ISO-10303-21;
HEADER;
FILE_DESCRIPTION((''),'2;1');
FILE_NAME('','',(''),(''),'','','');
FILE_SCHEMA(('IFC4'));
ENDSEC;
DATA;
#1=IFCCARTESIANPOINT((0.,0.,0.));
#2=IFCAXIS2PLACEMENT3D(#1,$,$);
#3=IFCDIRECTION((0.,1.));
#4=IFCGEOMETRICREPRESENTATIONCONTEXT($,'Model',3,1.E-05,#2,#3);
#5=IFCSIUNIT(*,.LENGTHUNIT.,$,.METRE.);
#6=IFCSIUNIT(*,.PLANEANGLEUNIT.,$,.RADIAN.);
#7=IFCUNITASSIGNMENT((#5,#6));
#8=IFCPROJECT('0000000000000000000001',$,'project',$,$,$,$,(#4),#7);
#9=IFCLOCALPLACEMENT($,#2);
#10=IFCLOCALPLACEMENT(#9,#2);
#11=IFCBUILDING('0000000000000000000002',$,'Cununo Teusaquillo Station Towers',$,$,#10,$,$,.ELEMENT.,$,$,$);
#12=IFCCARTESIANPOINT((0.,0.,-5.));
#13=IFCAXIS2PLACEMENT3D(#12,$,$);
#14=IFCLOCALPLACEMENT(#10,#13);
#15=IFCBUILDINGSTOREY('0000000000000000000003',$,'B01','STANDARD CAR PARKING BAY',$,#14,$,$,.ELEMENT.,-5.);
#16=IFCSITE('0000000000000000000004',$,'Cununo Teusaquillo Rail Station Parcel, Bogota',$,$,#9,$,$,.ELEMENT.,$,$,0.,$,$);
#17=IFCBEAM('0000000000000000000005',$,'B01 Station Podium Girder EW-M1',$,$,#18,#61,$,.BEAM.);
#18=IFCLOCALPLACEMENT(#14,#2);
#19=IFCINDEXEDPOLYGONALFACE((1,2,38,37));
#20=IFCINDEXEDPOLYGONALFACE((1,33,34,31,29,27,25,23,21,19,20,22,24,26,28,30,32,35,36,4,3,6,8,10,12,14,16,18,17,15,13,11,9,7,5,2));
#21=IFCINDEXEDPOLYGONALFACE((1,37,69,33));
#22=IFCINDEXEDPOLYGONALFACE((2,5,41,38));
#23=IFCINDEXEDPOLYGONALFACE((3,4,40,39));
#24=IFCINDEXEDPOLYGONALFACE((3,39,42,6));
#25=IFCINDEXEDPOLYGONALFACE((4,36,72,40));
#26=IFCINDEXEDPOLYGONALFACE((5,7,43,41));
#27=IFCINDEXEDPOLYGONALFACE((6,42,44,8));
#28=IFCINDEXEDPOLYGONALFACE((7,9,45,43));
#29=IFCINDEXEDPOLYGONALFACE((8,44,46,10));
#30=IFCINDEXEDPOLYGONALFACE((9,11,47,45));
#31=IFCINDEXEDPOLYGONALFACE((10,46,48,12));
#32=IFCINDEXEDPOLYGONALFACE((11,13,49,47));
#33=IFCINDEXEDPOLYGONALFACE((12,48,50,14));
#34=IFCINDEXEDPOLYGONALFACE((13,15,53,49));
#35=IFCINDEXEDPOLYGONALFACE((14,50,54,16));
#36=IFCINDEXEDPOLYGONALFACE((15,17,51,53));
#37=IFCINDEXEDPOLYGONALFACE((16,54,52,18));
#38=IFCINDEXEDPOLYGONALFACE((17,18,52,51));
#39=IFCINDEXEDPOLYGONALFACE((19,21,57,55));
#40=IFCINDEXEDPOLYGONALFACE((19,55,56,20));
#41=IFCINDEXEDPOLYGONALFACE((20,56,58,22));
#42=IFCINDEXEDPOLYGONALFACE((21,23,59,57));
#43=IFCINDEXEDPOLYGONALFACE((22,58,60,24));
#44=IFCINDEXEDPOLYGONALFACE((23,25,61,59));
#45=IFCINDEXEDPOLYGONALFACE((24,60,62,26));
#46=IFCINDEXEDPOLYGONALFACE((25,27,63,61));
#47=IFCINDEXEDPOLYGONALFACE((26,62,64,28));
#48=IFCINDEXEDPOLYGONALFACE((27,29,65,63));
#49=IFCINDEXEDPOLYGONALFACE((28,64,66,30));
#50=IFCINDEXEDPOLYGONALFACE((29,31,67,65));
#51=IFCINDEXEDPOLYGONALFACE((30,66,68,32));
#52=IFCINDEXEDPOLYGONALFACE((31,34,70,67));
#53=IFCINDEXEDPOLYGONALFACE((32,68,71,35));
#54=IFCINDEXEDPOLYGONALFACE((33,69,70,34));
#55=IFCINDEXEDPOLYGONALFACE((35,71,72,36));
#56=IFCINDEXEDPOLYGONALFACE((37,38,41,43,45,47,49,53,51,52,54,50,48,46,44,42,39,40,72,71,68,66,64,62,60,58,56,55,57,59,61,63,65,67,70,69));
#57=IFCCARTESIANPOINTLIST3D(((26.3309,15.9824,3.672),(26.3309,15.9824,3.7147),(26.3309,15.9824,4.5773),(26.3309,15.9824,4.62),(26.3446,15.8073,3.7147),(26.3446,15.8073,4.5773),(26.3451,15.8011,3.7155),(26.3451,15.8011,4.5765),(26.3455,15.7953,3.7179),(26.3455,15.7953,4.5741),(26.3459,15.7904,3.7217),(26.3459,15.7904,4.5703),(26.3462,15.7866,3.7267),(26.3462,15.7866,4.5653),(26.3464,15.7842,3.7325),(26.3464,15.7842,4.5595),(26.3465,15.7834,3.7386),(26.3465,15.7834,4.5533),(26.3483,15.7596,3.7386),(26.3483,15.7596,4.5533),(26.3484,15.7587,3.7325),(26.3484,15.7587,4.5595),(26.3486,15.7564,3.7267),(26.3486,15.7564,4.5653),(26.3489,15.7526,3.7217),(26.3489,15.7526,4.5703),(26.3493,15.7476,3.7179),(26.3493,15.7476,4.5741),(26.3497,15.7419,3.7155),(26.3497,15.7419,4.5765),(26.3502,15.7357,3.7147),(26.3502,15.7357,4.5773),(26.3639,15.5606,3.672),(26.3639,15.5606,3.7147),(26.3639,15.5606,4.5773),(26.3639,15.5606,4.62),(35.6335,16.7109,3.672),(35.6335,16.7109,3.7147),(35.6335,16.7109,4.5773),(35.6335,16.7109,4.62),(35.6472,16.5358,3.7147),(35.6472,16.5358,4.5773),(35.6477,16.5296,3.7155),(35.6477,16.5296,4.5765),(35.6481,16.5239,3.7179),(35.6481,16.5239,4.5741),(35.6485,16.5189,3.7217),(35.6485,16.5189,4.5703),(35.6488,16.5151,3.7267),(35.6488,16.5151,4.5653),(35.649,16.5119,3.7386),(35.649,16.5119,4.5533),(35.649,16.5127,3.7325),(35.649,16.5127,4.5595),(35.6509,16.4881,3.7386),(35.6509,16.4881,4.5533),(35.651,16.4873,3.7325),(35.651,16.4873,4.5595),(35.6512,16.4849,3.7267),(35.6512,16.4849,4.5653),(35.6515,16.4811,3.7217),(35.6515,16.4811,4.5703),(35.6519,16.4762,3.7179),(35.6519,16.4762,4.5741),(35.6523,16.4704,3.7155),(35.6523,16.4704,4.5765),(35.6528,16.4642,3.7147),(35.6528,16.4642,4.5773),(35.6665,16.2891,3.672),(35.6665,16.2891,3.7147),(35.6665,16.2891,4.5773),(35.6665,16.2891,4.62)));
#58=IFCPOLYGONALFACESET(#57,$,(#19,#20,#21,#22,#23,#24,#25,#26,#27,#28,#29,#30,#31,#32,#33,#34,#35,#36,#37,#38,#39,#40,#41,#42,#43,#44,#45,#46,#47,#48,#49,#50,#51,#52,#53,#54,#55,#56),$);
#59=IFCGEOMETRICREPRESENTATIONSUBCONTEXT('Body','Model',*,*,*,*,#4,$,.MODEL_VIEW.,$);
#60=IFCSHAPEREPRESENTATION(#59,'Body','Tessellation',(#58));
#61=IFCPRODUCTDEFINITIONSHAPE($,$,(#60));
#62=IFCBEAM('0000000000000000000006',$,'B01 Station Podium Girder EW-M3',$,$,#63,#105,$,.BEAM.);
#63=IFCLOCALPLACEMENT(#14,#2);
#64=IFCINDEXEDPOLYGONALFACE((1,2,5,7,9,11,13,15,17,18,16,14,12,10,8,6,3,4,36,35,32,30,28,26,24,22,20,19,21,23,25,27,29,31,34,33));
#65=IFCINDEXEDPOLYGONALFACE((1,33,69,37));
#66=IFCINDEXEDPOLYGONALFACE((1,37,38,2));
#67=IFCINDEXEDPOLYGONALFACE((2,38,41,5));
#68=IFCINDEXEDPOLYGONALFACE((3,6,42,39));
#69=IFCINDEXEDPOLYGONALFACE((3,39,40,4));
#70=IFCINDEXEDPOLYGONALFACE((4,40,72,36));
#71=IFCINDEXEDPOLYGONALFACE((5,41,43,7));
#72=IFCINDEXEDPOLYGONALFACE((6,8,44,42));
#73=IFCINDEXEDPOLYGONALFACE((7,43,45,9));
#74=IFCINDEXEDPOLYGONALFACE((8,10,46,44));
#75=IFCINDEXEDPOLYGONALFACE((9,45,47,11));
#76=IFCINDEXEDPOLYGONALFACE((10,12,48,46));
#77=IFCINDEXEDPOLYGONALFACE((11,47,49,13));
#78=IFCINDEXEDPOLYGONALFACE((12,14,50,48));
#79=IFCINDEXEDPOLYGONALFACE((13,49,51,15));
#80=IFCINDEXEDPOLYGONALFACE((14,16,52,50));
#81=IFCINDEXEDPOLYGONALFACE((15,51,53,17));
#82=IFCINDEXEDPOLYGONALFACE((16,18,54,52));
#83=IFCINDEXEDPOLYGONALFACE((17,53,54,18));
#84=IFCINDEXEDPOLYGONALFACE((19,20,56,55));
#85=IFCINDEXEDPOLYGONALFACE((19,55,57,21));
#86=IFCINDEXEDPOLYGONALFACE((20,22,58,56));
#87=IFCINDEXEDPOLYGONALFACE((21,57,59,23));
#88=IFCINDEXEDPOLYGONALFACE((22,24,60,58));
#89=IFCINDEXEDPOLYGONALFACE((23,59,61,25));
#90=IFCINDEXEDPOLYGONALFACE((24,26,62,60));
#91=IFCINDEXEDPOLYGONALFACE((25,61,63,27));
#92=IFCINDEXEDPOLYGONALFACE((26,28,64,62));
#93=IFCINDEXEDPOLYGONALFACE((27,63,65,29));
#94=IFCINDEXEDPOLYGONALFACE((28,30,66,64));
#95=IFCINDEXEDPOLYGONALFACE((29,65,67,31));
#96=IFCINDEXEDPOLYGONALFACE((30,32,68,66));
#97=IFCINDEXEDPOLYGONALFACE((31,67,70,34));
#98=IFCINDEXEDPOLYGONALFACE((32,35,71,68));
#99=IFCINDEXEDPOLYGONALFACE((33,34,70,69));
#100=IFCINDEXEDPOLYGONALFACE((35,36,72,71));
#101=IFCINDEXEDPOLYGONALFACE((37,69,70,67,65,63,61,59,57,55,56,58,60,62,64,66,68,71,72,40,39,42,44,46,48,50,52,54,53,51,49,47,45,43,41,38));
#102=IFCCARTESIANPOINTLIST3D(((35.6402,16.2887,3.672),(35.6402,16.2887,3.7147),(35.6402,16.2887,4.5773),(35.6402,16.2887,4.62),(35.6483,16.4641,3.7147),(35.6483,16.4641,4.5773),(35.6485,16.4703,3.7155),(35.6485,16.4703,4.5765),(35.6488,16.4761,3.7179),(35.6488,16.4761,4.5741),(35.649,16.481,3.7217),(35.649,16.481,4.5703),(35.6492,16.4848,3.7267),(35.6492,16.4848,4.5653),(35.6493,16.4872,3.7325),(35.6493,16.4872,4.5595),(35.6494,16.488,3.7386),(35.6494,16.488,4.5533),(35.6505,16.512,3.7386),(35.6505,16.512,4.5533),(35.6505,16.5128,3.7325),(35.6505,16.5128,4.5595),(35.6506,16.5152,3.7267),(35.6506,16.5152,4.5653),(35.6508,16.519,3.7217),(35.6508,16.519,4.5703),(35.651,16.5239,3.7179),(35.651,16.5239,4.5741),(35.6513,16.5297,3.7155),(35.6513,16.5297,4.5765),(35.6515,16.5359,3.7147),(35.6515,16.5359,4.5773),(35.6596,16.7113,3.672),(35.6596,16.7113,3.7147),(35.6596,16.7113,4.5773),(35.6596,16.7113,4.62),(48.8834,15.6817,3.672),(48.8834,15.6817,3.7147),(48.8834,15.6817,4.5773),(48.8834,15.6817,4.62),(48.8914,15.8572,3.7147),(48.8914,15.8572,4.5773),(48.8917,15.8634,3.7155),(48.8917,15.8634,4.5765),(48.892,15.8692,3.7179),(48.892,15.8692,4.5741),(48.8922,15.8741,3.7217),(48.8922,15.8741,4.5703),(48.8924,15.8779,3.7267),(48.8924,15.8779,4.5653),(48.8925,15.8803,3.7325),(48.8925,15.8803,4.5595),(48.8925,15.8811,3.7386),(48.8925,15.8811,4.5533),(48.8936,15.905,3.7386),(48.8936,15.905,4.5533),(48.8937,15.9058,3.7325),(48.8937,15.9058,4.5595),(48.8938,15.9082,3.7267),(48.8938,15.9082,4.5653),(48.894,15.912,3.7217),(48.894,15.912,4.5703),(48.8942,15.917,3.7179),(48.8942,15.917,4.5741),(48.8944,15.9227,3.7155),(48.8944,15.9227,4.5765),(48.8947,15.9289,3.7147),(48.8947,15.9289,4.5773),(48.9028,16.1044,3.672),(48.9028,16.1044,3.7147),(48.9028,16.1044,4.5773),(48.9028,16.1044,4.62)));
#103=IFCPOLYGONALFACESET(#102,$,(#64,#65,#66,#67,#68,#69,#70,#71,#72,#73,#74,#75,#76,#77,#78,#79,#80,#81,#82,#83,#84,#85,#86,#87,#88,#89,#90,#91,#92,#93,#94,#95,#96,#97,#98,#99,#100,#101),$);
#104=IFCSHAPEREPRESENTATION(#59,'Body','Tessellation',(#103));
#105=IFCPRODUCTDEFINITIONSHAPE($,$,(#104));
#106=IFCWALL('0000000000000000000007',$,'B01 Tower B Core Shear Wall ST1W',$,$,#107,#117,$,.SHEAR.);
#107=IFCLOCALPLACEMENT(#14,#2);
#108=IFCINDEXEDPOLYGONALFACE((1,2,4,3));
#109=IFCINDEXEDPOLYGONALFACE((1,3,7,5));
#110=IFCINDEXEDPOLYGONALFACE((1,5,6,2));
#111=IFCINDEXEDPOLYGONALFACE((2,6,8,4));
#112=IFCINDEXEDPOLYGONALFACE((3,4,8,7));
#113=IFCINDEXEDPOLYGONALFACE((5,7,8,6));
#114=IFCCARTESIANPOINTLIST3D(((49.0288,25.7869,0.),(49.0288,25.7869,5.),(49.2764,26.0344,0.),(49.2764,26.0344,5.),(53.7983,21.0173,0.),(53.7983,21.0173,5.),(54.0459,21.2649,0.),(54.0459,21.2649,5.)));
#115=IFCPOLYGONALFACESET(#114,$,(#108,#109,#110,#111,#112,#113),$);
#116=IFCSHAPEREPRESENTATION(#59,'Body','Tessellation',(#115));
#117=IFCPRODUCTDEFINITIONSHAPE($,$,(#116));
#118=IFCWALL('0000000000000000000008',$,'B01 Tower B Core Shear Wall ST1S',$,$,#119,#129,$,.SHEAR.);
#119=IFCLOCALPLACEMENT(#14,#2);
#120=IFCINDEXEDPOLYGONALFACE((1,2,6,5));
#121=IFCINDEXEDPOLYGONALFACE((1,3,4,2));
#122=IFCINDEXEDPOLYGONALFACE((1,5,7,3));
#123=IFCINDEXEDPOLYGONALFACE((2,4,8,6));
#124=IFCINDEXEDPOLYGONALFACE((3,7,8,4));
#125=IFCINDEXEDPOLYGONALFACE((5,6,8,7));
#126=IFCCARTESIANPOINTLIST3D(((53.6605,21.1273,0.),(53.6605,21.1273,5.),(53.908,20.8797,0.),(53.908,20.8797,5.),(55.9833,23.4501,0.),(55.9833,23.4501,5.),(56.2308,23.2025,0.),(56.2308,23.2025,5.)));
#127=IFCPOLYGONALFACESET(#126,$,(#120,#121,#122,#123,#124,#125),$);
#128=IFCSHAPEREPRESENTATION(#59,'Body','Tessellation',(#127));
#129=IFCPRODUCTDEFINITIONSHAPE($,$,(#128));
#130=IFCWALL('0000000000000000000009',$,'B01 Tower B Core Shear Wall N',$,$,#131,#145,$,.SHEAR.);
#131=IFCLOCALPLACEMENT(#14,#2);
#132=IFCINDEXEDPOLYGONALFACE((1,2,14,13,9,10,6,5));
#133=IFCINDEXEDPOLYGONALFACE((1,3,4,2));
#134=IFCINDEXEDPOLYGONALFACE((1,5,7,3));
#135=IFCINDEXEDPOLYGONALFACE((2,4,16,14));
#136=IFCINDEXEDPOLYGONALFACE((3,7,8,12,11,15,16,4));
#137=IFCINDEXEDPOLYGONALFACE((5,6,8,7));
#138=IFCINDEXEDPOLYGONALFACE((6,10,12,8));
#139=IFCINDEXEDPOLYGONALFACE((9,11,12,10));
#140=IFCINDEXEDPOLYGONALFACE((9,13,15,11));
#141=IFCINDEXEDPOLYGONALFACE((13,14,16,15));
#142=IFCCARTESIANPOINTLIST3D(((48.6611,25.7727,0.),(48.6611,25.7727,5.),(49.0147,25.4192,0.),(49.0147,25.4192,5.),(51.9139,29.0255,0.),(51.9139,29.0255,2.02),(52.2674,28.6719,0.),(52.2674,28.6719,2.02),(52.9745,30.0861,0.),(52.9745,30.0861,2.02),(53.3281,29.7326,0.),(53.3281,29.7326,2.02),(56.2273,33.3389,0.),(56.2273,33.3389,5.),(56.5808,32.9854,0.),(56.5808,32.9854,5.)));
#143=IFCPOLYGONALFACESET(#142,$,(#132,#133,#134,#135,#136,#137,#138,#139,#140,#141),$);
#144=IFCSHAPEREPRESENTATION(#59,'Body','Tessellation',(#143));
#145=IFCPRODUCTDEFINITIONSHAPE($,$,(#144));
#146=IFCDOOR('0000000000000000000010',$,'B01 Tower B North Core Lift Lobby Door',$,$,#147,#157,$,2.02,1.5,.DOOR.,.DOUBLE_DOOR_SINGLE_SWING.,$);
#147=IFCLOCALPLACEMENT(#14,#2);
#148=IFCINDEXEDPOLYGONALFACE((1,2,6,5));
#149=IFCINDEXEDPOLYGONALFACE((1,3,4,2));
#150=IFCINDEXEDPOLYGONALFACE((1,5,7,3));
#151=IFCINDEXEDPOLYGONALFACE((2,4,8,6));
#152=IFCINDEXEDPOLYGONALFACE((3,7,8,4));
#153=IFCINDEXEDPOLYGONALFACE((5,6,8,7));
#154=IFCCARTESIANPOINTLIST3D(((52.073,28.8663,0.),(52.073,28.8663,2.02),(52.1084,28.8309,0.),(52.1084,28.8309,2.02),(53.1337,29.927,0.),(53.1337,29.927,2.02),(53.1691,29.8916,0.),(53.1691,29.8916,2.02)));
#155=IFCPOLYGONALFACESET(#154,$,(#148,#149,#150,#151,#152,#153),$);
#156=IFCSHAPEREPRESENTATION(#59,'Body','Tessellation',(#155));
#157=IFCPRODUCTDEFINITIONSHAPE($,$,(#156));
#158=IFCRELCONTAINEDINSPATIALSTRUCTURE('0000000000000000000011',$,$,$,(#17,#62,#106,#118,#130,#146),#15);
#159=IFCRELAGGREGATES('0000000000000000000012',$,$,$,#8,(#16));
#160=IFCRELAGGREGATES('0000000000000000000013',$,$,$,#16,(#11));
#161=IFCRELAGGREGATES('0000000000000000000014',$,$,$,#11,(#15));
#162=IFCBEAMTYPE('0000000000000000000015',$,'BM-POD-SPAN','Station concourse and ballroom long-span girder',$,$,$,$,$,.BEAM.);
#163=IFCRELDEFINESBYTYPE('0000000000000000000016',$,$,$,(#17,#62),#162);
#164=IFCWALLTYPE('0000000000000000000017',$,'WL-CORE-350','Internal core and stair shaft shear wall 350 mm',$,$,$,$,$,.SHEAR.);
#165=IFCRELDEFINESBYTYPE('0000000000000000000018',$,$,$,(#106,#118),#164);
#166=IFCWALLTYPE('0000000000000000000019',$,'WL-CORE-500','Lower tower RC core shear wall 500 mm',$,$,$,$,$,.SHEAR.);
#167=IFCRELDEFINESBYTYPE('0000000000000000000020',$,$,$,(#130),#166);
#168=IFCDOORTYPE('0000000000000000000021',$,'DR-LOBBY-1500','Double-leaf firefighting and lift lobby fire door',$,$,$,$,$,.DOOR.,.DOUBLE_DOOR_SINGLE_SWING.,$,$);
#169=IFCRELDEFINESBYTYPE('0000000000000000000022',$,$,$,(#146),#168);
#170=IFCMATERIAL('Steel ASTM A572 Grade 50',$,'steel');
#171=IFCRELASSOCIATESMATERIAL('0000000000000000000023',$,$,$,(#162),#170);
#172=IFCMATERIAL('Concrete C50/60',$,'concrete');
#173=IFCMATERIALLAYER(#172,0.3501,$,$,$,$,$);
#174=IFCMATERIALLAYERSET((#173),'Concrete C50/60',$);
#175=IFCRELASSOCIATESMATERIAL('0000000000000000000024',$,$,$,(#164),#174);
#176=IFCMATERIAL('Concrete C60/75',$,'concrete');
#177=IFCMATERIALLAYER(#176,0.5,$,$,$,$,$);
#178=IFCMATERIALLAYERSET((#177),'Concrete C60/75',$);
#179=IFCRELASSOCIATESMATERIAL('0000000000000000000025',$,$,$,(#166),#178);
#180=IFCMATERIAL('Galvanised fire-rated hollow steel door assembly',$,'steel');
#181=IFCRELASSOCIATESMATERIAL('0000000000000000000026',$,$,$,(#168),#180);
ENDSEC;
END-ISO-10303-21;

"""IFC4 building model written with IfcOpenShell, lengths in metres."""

from ifc_helpers import new_model, si_unit, direction, frame, frame_2d, origin, origin_2d, place, context, subcontext, project, spatial, rectangle, i_section, extrude, source, transform, mapped, material, layer, layer_set, material_profile, profile_set, type_object, element, fill, save


model = new_model("IFC4")

# Units and contexts
model_context = context("Model", 3, precision=1e-05, world=origin(), true_north=direction((0.0, 1.0)))
body_context = subcontext(model_context, "Body", "Model", "MODEL_VIEW")
ifc_project = project(units=[si_unit("LENGTHUNIT", "METRE"), si_unit("PLANEANGLEUNIT", "RADIAN")], contexts=[model_context])

# Site, building, storey
site_placement = place(None, origin())
site = spatial("IfcSite", under=ifc_project, at=site_placement, Name="Cununo Teusaquillo Rail Station Parcel, Bogota", CompositionType="ELEMENT", RefElevation=0.0)
building_placement = place(site_placement, origin())
building = spatial("IfcBuilding", under=site, at=building_placement, Name="Cununo Teusaquillo Station Towers", CompositionType="ELEMENT")
storey_placement = place(building_placement, frame((0.0, 0.0, -5.0)))
storey = spatial("IfcBuildingStorey", under=building, at=storey_placement, Name="B01", Description="STANDARD CAR PARKING BAY", CompositionType="ELEMENT", Elevation=-5.0)

# Beams
ifc_material_1 = material(Name="Steel ASTM A572 Grade 50", Category="steel")
ifc_material_profile_1 = material_profile(ifc_material_1, i_section(OverallWidth=0.4231, OverallDepth=0.948, WebThickness=0.0239, FlangeThickness=0.0427, FilletRadius=0.0239, at=origin_2d()), Name="W36X302")
ifc_profile_set_1 = profile_set([ifc_material_profile_1], Name="Steel ASTM A572 Grade 50")
beam_type_1 = type_object("IfcBeamType", Name="BM-POD-SPAN", Description="Station concourse and ballroom long-span girder", PredefinedType="BEAM", material=ifc_profile_set_1)
beam_1_placement = place(storey_placement, frame((26.3474, 15.7715, 4.146), z_axis=(0.996947, 0.078075, 0.0), x_axis=(-0.078075, 0.996947, 0.0)))
element("IfcBeam", 1, at=beam_1_placement, inside=storey, type_object=beam_type_1, Name="B01 Station Podium Girder EW-M1", PredefinedType="BEAM", context=body_context, shape_type="SweptSolid", body=[
    extrude(i_section(OverallWidth=0.4231, OverallDepth=0.948, WebThickness=0.0239, FlangeThickness=0.0427, FilletRadius=0.0239, at=origin_2d()), origin(), (0.0, 0.0, 1.0), 9.3311),
])
beam_2_placement = place(storey_placement, frame((35.6499, 16.5, 4.146), z_axis=(0.998951, -0.045782, 0.0), x_axis=(0.045782, 0.998951, 0.0)))
element("IfcBeam", 2, at=beam_2_placement, inside=storey, type_object=beam_type_1, Name="B01 Station Podium Girder EW-M3", PredefinedType="BEAM", context=body_context, shape_type="SweptSolid", body=[
    extrude(i_section(OverallWidth=0.4231, OverallDepth=0.948, WebThickness=0.0239, FlangeThickness=0.0427, FilletRadius=0.0239, at=origin_2d()), origin(), (0.0, 0.0, 1.0), 13.2571),
])

# Walls
ifc_material_2 = material(Name="Concrete C50/60", Category="concrete")
ifc_layer_1 = layer(ifc_material_2, 0.3501)
ifc_layer_set_1 = layer_set([ifc_layer_1], Name="Concrete C50/60")
wall_type_1 = type_object("IfcWallType", Name="WL-CORE-350", Description="Internal core and stair shaft shear wall 350 mm", PredefinedType="SHEAR", material=ifc_layer_set_1)
wall_1_placement = place(storey_placement, frame((53.9221, 21.1411, 0.0), z_axis=(0.0, 0.0, 1.0), x_axis=(-0.707107, 0.707107, 0.0)))
element("IfcWall", 3, at=wall_1_placement, inside=storey, type_object=wall_type_1, Name="B01 Tower B Core Shear Wall ST1W", PredefinedType="SHEAR", context=body_context, shape_type="SweptSolid", body=[
    extrude(rectangle(XDim=6.7451, YDim=0.3501, at=frame_2d((3.3726, 0.0))), origin(), (0.0, 0.0, 1.0), 5.0),
])
wall_2_placement = place(storey_placement, frame((53.7842, 21.0034, 0.0), z_axis=(0.0, 0.0, 1.0), x_axis=(0.707107, 0.707107, 0.0)))
element("IfcWall", 4, at=wall_2_placement, inside=storey, type_object=wall_type_1, Name="B01 Tower B Core Shear Wall ST1S", PredefinedType="SHEAR", context=body_context, shape_type="SweptSolid", body=[
    extrude(rectangle(XDim=3.2849, YDim=0.3501, at=frame_2d((1.6426, 0.0))), origin(), (0.0, 0.0, 1.0), 5.0),
])

# Wall, opening, door
ifc_material_3 = material(Name="Concrete C60/75", Category="concrete")
ifc_layer_2 = layer(ifc_material_3, 0.5)
ifc_layer_set_2 = layer_set([ifc_layer_2], Name="Concrete C60/75")
wall_type_2 = type_object("IfcWallType", Name="WL-CORE-500", Description="Lower tower RC core shear wall 500 mm", PredefinedType="SHEAR", material=ifc_layer_set_2)
wall_3_placement = place(storey_placement, frame((48.8379, 25.5959, 0.0), z_axis=(0.0, 0.0, 1.0), x_axis=(0.707107, 0.707107, 0.0)))
wall_3 = element("IfcWall", 5, at=wall_3_placement, inside=storey, type_object=wall_type_2, Name="B01 Tower B Core Shear Wall N", PredefinedType="SHEAR", context=body_context, shape_type="SweptSolid", body=[
    extrude(rectangle(XDim=10.7002, YDim=0.5, at=frame_2d((5.3501, 0.0))), origin(), (0.0, 0.0, 1.0), 5.0),
])
shared_shape_1 = source(origin(), body_context, "Body", "SweptSolid", [
    extrude(rectangle(XDim=1.5, YDim=2.02, at=frame_2d((0.75, 1.01))), frame((0.0, 0.26, 0.0), z_axis=(0.0, -1.0, 0.0), x_axis=(1.0, 0.0, 0.0)), (0.0, 0.0, 1.0), 0.52),
])
opening_1_placement = place(wall_3_placement, frame((4.6001, 0.0, 0.0)))
opening_1 = element("IfcOpeningElement", 6, at=opening_1_placement, cuts=wall_3, PredefinedType="OPENING", context=body_context, shape_type="MappedRepresentation", body=[
    mapped(shared_shape_1, transform((0.0, 0.0, 0.0), x_axis=(1.0, 0.0, 0.0), y_axis=(0.0, 1.0, 0.0), z_axis=(0.0, 0.0, 1.0), scale=1.0)),
])
ifc_material_4 = material(Name="Galvanised fire-rated hollow steel door assembly", Category="steel")
door_type_1 = type_object("IfcDoorType", Name="DR-LOBBY-1500", Description="Double-leaf firefighting and lift lobby fire door", OperationType="DOUBLE_DOOR_SINGLE_SWING", PredefinedType="DOOR", material=ifc_material_4)
shared_shape_2 = source(origin(), body_context, "Body", "SweptSolid", [
    extrude(rectangle(XDim=1.5, YDim=2.02, at=frame_2d((0.75, 1.01))), frame((0.0, 0.0249, 0.0), z_axis=(0.0, -1.0, 0.0), x_axis=(1.0, 0.0, 0.0)), (0.0, 0.0, 1.0), 0.05),
])
door_1_placement = place(opening_1_placement, origin())
door_1 = element("IfcDoor", 7, at=door_1_placement, inside=storey, type_object=door_type_1, Name="B01 Tower B North Core Lift Lobby Door", OperationType="DOUBLE_DOOR_SINGLE_SWING", OverallHeight=2.02, OverallWidth=1.5, PredefinedType="DOOR", context=body_context, shape_type="MappedRepresentation", body=[
    mapped(shared_shape_2, transform((0.0, 0.0, 0.0), x_axis=(1.0, 0.0, 0.0), y_axis=(0.0, 1.0, 0.0), z_axis=(0.0, 0.0, 1.0), scale=1.0)),
])
fill(opening_1, door_1)

save(model, "model.ifc")
